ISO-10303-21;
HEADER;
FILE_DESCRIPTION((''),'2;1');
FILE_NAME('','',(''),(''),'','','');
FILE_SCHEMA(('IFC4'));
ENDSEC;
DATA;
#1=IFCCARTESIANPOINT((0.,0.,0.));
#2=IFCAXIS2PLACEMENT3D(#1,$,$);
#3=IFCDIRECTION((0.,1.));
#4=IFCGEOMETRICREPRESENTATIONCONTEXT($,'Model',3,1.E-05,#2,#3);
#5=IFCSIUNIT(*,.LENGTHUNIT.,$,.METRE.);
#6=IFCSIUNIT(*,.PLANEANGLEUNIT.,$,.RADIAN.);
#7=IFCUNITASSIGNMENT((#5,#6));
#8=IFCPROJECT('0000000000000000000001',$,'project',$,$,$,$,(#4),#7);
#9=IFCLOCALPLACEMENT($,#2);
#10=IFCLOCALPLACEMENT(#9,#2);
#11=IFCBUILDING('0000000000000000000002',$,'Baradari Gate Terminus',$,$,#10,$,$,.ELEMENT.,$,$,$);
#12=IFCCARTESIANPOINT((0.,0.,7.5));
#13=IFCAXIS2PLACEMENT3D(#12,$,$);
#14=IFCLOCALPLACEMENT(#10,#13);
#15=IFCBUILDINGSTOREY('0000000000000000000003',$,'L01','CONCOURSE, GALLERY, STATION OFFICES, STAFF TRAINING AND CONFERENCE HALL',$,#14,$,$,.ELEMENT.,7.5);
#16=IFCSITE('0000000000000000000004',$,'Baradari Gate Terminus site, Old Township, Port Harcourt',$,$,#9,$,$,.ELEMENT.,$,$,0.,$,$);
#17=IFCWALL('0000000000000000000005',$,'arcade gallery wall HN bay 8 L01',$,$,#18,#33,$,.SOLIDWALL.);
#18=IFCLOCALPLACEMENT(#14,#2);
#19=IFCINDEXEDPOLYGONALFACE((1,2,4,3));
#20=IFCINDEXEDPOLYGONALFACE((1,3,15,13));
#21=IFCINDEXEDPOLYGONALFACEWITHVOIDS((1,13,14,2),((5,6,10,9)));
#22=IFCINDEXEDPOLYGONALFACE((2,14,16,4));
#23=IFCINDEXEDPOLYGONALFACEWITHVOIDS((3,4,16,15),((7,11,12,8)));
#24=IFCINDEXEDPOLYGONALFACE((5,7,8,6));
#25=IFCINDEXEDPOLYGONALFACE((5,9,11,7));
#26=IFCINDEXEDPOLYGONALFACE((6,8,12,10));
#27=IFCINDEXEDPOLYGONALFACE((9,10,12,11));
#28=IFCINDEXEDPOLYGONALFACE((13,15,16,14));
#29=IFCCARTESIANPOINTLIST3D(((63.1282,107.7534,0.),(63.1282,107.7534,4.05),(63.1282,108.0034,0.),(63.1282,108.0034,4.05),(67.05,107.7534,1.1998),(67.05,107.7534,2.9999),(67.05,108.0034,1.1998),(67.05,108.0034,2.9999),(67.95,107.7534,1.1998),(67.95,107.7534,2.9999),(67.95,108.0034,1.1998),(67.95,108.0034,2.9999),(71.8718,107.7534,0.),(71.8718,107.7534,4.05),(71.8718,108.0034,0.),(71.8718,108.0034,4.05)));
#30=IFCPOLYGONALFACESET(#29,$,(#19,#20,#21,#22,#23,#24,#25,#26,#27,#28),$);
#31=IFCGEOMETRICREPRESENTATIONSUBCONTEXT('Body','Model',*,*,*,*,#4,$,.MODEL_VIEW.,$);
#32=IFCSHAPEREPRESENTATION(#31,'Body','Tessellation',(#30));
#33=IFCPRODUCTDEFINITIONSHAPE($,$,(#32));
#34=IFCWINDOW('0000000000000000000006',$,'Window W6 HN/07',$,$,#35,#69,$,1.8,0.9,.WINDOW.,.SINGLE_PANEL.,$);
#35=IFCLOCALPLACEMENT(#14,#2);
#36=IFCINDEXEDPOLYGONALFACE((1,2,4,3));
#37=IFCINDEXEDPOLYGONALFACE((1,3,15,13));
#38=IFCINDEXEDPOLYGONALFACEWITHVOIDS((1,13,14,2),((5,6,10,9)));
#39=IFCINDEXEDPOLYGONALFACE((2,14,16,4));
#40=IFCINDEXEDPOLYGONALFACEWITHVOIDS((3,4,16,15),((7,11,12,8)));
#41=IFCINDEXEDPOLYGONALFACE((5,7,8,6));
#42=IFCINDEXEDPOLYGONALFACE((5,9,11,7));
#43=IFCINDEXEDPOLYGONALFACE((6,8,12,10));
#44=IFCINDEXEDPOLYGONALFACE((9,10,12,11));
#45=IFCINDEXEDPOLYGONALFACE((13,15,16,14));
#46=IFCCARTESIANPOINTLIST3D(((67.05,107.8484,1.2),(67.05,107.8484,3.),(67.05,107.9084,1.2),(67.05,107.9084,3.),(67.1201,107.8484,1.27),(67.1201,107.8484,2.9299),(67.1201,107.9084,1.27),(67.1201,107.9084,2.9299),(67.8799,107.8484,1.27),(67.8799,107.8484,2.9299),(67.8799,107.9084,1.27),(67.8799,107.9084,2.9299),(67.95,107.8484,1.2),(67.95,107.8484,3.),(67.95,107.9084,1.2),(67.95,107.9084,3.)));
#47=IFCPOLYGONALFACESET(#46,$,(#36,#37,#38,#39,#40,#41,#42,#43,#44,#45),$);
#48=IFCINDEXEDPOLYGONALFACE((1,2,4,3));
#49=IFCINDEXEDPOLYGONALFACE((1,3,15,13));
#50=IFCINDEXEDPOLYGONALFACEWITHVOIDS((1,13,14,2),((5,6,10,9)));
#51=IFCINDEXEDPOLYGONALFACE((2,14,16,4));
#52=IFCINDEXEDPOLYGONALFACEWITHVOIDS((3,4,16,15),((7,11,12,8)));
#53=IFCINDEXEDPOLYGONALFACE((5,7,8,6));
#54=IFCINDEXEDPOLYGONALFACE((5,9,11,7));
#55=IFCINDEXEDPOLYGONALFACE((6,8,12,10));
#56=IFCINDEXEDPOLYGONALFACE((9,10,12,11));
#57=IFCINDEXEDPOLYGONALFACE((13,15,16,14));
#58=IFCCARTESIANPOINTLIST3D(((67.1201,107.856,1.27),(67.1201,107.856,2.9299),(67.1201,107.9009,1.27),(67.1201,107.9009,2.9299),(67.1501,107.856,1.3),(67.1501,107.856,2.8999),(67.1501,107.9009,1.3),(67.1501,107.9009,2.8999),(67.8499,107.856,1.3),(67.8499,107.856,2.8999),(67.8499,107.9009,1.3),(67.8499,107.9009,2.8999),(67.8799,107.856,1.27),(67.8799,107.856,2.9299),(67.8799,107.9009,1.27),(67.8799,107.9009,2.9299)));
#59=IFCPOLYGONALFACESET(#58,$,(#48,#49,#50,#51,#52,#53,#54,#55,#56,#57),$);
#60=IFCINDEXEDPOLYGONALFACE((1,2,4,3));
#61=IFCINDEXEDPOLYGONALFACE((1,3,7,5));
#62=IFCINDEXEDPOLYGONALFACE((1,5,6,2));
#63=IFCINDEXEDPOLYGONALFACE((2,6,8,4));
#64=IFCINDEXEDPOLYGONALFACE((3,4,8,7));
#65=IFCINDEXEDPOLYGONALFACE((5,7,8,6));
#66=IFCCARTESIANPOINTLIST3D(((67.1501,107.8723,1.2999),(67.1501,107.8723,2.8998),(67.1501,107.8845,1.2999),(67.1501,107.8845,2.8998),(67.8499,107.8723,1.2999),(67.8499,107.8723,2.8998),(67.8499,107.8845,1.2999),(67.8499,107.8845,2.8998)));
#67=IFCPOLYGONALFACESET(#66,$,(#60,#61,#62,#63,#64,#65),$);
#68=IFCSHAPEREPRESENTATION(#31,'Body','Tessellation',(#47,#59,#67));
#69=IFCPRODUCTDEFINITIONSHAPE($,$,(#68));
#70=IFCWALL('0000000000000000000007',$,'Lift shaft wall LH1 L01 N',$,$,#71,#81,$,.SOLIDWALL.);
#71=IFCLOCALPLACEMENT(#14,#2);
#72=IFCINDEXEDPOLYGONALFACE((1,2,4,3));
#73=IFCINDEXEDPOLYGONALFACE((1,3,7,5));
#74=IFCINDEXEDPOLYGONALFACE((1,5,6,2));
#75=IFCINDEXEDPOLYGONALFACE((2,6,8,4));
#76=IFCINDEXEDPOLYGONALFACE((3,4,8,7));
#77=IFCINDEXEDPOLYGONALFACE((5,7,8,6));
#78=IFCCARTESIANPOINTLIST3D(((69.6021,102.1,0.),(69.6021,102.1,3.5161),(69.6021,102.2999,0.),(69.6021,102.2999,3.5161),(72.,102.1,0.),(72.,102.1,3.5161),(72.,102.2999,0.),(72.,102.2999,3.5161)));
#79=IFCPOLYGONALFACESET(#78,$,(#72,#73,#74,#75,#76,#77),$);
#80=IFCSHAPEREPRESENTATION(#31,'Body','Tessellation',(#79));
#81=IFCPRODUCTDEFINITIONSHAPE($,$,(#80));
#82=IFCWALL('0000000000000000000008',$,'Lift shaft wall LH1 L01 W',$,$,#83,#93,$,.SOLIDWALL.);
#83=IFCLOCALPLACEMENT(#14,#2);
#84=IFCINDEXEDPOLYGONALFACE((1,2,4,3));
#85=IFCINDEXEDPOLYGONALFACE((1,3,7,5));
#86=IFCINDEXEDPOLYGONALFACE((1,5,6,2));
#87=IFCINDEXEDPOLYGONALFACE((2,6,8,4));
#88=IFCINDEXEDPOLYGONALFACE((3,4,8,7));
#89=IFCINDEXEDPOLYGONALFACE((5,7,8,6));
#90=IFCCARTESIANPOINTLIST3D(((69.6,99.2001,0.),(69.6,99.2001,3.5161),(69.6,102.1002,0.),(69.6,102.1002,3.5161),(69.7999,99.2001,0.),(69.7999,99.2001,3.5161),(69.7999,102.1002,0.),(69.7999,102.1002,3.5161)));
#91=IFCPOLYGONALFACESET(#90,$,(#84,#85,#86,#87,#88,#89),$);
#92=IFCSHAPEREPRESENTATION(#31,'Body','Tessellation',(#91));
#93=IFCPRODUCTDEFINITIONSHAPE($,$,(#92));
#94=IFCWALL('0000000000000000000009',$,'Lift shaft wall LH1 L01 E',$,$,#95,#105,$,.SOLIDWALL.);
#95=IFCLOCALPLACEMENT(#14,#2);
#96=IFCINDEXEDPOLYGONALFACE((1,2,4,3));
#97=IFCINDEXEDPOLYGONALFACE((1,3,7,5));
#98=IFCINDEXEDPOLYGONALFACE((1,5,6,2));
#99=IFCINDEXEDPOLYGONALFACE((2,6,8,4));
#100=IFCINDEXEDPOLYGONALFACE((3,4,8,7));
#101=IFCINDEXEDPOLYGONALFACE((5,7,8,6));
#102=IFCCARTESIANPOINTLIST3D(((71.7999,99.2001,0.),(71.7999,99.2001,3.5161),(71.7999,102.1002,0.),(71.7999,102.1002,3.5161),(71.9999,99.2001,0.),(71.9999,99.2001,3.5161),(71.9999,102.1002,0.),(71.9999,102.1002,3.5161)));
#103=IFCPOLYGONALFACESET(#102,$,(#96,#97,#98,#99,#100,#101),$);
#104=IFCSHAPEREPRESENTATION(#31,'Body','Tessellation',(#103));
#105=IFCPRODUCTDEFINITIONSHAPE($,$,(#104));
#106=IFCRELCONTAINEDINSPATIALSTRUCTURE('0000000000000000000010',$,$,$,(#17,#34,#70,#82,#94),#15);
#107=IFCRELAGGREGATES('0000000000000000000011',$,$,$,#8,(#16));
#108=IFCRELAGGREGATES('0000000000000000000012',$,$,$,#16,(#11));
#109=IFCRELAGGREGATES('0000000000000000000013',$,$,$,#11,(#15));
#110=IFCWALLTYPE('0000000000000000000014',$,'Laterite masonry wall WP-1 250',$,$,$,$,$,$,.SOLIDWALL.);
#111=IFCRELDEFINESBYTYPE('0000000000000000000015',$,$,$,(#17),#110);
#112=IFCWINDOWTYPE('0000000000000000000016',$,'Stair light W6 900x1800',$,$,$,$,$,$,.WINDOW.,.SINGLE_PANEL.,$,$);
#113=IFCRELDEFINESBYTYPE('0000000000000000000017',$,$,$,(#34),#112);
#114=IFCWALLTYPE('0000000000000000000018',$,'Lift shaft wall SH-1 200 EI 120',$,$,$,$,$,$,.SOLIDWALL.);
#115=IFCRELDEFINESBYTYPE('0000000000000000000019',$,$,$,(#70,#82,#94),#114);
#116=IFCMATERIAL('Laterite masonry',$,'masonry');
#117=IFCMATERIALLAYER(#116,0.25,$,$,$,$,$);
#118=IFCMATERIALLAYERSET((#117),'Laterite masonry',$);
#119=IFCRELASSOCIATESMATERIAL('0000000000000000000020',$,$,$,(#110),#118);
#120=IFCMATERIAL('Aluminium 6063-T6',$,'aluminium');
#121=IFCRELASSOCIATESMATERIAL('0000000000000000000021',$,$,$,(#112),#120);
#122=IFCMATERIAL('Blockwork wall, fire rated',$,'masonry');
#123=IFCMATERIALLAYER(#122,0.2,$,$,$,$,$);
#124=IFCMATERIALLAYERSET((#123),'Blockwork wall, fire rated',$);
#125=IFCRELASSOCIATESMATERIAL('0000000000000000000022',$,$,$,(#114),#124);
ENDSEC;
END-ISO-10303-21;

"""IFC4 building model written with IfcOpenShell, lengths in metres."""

from ifc_helpers import new_model, si_unit, direction, frame, frame_2d, origin, place, context, subcontext, project, spatial, polyline, rectangle, outline, extrude, material, layer, layer_set, type_object, element, fill, save


model = new_model("IFC4")

# Units and contexts
model_context = context("Model", 3, precision=1e-05, world=origin(), true_north=direction((0.0, 1.0)))
body_context = subcontext(model_context, "Body", "Model", "MODEL_VIEW")
ifc_project = project(units=[si_unit("LENGTHUNIT", "METRE"), si_unit("PLANEANGLEUNIT", "RADIAN")], contexts=[model_context])

# Site, building, storey
site_placement = place(None, origin())
site = spatial("IfcSite", under=ifc_project, at=site_placement, Name="Baradari Gate Terminus site, Old Township, Port Harcourt", CompositionType="ELEMENT", RefElevation=0.0)
building_placement = place(site_placement, origin())
building = spatial("IfcBuilding", under=site, at=building_placement, Name="Baradari Gate Terminus", CompositionType="ELEMENT")
storey_placement = place(building_placement, frame((0.0, 0.0, 7.5)))
storey = spatial("IfcBuildingStorey", under=building, at=storey_placement, Name="L01", Description="CONCOURSE, GALLERY, STATION OFFICES, STAFF TRAINING AND CONFERENCE HALL", CompositionType="ELEMENT", Elevation=7.5)

# Wall, opening, window
ifc_material_1 = material(Name="Laterite masonry", Category="masonry")
ifc_layer_1 = layer(ifc_material_1, 0.25)
ifc_layer_set_1 = layer_set([ifc_layer_1], Name="Laterite masonry")
wall_type_1 = type_object("IfcWallType", Name="Laterite masonry wall WP-1 250", PredefinedType="SOLIDWALL", material=ifc_layer_set_1)
wall_1_placement = place(storey_placement, frame((63.1282, 107.8784, 0.0), z_axis=(0.0, 0.0, 1.0), x_axis=(1.0, 0.0, 0.0)))
wall_1 = element("IfcWall", 1, at=wall_1_placement, inside=storey, type_object=wall_type_1, Name="arcade gallery wall HN bay 8 L01", PredefinedType="SOLIDWALL", context=body_context, shape_type="SweptSolid", body=[
    extrude(rectangle(XDim=8.7437, YDim=0.25, at=frame_2d((4.3718, 0.0))), origin(), (0.0, 0.0, 1.0), 4.05),
])
opening_1_placement = place(wall_1_placement, frame((3.9219, 0.0, 1.2)))
opening_1 = element("IfcOpeningElement", 2, at=opening_1_placement, cuts=wall_1, PredefinedType="OPENING", context=body_context, shape_type="SweptSolid", body=[
    extrude(rectangle(XDim=0.8999, YDim=1.8, at=frame_2d((0.45, 0.8999))), frame((0.0, 0.135, 0.0), z_axis=(0.0, -1.0, 0.0), x_axis=(1.0, 0.0, 0.0)), (0.0, 0.0, 1.0), 0.27),
])
ifc_material_2 = material(Name="Aluminium 6063-T6", Category="aluminium")
window_type_1 = type_object("IfcWindowType", Name="Stair light W6 900x1800", PartitioningType="SINGLE_PANEL", PredefinedType="WINDOW", material=ifc_material_2)
window_1_placement = place(opening_1_placement, origin())
window_1 = element("IfcWindow", 3, at=window_1_placement, inside=storey, type_object=window_type_1, Name="Window W6 HN/07", OverallHeight=1.8, OverallWidth=0.9, PartitioningType="SINGLE_PANEL", PredefinedType="WINDOW", context=body_context, shape_type="SweptSolid", body=[
    extrude(outline(polyline([(0.0, 0.0), (0.8999, 0.0), (0.8999, 1.8), (0.0, 1.8), (0.0, 0.0)]), holes=[polyline([(0.0701, 0.0701), (0.8298, 0.0701), (0.8298, 1.73), (0.0701, 1.73), (0.0701, 0.0701)])]), frame((0.0, 0.03, 0.0), z_axis=(0.0, -1.0, 0.0), x_axis=(1.0, 0.0, 0.0)), (0.0, 0.0, 1.0), 0.0601),
    extrude(outline(polyline([(0.0701, 0.0701), (0.8298, 0.0701), (0.8298, 1.73), (0.0701, 1.73), (0.0701, 0.0701)]), holes=[polyline([(0.1001, 0.1001), (0.7998, 0.1001), (0.7998, 1.7), (0.1001, 1.7), (0.1001, 0.1001)])]), frame((0.0, 0.0225, 0.0), z_axis=(0.0, -1.0, 0.0), x_axis=(1.0, 0.0, 0.0)), (0.0, 0.0, 1.0), 0.0449),
    extrude(rectangle(XDim=0.6997, YDim=1.5999, at=frame_2d((0.45, 0.8999))), frame((0.0, 0.0061, 0.0), z_axis=(0.0, -1.0, 0.0), x_axis=(1.0, 0.0, 0.0)), (0.0, 0.0, 1.0), 0.0122),
])
fill(opening_1, window_1)

# Walls
ifc_material_3 = material(Name="Blockwork wall, fire rated", Category="masonry")
ifc_layer_2 = layer(ifc_material_3, 0.2)
ifc_layer_set_2 = layer_set([ifc_layer_2], Name="Blockwork wall, fire rated")
wall_type_2 = type_object("IfcWallType", Name="Lift shaft wall SH-1 200 EI 120", PredefinedType="SOLIDWALL", material=ifc_layer_set_2)
wall_2_placement = place(storey_placement, frame((69.6021, 102.2, 0.0), z_axis=(0.0, 0.0, 1.0), x_axis=(1.0, 0.0, 0.0)))
element("IfcWall", 4, at=wall_2_placement, inside=storey, type_object=wall_type_2, Name="Lift shaft wall LH1 L01 N", PredefinedType="SOLIDWALL", context=body_context, shape_type="SweptSolid", body=[
    extrude(rectangle(XDim=2.3979, YDim=0.2, at=frame_2d((1.199, 0.0))), origin(), (0.0, 0.0, 1.0), 3.5161),
])
for number, where, z_axis, x_axis, name in (
    (5, (69.7, 99.2, 0.0), (0.0, 0.0, 1.0), (0.0, 1.0, 0.0), "Lift shaft wall LH1 L01 W"),
    (6, (71.8999, 99.2, 0.0), (0.0, 0.0, 1.0), (0.0, 1.0, 0.0), "Lift shaft wall LH1 L01 E"),
):
    element("IfcWall", number, at=place(storey_placement, frame(where, z_axis=z_axis, x_axis=x_axis)), inside=storey, type_object=wall_type_2, Name=name, PredefinedType="SOLIDWALL", context=body_context, shape_type="SweptSolid", body=[
        extrude(rectangle(XDim=2.9001, YDim=0.2, at=frame_2d((1.4502, 0.0))), origin(), (0.0, 0.0, 1.0), 3.5161),
    ])

save(model, "model.ifc")
